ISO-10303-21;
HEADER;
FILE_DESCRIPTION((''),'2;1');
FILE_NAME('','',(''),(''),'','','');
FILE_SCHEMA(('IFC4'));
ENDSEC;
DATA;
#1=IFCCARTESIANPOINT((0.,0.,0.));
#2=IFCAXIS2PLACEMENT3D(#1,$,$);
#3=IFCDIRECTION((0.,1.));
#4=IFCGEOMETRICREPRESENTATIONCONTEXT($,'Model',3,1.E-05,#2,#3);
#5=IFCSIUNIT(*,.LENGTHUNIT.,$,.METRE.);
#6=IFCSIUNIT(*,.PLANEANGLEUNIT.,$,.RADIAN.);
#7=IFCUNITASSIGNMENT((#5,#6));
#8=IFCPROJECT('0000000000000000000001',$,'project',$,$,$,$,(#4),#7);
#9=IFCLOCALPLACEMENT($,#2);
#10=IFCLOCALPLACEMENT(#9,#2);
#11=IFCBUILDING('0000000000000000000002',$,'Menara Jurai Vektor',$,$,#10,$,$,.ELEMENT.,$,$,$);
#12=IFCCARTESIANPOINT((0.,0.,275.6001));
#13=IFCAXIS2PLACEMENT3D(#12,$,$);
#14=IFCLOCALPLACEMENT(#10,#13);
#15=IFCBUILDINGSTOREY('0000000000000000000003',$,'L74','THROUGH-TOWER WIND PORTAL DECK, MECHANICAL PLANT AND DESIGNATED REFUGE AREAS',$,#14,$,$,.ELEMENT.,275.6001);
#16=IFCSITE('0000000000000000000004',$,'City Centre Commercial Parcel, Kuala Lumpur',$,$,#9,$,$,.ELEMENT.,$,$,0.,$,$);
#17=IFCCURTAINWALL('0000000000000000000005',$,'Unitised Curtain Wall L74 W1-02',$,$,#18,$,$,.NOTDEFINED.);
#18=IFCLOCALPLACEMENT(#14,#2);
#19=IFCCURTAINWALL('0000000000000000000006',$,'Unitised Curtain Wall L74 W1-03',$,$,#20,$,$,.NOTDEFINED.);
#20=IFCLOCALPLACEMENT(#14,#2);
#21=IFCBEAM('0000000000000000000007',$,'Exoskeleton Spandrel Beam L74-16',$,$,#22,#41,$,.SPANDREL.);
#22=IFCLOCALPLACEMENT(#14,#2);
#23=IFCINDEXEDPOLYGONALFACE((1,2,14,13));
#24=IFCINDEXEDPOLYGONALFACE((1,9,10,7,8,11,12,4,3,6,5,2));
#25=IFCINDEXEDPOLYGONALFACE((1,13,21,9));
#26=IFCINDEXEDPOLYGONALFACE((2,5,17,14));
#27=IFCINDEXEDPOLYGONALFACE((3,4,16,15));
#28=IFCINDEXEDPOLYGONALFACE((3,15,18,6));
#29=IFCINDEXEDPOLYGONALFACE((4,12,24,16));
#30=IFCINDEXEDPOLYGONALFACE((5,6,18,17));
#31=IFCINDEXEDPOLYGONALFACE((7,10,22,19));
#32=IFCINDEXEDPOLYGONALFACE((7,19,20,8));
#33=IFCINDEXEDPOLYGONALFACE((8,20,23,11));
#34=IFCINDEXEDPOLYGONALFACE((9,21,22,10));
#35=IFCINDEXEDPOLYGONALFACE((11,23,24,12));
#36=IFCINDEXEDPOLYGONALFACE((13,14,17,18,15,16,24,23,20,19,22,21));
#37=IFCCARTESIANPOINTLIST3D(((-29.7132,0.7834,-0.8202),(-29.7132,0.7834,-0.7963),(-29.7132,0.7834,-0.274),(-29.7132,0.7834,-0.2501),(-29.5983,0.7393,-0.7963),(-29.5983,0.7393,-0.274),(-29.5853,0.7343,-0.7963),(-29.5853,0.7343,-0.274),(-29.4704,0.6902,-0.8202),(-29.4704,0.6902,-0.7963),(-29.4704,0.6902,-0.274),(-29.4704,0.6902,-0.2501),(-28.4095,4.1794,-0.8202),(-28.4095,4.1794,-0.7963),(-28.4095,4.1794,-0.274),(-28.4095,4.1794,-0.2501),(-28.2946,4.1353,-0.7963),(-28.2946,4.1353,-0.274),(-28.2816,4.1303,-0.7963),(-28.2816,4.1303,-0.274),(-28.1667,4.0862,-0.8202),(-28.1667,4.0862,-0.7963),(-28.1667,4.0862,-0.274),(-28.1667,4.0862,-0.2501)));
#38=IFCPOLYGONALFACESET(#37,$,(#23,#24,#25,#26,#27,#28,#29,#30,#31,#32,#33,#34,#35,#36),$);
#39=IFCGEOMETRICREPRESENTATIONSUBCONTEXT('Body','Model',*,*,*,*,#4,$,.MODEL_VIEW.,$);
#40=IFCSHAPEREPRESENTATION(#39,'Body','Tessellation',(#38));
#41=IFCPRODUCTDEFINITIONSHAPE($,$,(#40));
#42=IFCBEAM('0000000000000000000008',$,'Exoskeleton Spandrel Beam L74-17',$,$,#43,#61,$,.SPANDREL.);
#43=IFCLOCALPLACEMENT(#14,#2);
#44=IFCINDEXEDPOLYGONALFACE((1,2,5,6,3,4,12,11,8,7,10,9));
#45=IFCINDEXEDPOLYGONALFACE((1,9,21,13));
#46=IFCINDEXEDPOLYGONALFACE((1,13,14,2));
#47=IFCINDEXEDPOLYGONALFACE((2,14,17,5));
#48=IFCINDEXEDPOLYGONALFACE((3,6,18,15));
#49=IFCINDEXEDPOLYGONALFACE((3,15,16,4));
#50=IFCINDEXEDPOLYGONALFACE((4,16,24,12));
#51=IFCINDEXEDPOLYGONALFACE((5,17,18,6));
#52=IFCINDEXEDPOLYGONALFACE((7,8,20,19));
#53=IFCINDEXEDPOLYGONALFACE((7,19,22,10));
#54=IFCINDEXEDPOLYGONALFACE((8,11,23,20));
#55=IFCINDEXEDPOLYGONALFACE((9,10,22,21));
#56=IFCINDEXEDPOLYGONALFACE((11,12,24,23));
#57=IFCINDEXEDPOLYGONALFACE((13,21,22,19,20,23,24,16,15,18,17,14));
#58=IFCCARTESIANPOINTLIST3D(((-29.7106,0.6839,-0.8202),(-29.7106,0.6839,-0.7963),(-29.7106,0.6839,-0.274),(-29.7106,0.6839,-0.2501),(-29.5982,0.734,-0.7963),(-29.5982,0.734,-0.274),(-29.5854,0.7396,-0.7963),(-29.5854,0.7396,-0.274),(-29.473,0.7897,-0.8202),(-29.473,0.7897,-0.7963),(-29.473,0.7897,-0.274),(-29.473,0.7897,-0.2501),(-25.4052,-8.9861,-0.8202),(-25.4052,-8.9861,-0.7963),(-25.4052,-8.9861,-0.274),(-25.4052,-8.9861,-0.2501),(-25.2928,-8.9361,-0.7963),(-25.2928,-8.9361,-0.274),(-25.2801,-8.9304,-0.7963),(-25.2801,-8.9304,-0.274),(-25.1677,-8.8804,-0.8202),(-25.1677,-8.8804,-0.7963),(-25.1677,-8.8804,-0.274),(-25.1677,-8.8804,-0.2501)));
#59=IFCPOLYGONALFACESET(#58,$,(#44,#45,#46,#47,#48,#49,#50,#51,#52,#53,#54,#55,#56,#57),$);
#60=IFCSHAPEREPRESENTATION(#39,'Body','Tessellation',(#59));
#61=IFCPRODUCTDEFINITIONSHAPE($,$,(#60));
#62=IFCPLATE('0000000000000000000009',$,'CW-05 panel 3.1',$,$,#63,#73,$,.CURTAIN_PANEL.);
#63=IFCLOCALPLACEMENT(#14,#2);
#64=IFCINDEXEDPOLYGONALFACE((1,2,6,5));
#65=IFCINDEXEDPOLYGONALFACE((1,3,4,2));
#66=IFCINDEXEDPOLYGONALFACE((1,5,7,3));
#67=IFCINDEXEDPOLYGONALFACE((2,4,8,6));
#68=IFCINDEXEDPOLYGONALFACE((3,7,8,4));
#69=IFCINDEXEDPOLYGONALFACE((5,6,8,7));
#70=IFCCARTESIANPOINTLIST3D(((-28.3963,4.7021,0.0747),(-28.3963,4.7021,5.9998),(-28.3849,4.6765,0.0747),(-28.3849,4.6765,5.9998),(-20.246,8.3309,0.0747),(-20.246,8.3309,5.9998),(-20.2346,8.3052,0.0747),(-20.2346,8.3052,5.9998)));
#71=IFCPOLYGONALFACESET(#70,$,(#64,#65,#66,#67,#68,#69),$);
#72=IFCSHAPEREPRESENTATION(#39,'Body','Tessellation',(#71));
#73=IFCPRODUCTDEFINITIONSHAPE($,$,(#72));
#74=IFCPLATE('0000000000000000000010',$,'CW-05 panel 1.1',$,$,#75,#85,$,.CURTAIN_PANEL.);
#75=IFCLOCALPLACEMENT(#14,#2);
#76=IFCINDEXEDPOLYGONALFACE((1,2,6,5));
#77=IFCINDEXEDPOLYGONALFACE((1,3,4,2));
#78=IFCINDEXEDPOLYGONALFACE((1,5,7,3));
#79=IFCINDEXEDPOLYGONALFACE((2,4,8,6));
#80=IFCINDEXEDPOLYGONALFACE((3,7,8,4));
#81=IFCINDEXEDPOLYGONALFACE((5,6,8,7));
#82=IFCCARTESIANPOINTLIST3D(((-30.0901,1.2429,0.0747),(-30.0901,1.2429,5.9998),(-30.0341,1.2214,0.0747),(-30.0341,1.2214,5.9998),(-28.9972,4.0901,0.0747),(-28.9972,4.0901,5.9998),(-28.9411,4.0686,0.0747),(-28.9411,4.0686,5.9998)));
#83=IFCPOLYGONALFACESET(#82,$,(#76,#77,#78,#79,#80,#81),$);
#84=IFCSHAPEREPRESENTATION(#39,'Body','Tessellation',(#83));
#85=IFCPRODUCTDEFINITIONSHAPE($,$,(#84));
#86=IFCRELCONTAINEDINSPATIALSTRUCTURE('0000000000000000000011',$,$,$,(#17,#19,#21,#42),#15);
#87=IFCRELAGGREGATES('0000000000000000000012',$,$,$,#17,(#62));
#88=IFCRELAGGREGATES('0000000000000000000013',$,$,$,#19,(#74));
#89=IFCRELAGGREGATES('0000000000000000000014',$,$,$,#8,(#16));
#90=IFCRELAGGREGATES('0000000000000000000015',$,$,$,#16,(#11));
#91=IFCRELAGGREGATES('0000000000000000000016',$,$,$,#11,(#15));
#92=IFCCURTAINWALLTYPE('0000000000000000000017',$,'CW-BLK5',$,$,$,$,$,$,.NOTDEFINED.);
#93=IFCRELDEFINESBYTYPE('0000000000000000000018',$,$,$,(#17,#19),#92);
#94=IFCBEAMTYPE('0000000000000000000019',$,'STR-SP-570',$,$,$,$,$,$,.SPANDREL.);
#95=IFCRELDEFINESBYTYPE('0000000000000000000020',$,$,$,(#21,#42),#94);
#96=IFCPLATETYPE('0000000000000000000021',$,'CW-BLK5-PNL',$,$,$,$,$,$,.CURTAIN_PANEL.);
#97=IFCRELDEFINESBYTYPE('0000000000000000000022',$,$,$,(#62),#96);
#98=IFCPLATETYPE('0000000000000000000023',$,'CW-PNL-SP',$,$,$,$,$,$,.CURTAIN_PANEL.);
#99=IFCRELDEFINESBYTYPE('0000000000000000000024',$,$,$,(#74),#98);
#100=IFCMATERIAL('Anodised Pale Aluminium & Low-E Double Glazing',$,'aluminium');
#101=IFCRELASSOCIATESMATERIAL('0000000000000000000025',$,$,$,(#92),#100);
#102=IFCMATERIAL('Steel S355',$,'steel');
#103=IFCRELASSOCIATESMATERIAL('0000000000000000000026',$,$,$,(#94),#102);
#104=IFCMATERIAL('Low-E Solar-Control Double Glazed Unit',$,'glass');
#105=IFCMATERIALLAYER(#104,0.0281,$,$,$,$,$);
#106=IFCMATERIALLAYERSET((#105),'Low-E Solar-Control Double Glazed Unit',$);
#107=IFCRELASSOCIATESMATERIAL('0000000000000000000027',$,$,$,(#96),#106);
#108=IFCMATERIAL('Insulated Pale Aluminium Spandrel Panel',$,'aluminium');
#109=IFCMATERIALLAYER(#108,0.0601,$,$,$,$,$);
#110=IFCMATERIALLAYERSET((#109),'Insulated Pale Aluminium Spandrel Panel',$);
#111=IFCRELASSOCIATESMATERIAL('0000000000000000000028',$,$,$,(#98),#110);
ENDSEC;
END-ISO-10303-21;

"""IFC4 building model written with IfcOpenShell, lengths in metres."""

from ifc_helpers import new_model, si_unit, direction, frame, origin, origin_2d, place, context, subcontext, project, spatial, rectangle, i_section, extrude, material, layer, layer_set, material_profile, profile_set, type_object, element, aggregate, save


model = new_model("IFC4")

# Units and contexts
model_context = context("Model", 3, precision=1e-05, world=origin(), true_north=direction((0.0, 1.0)))
body_context = subcontext(model_context, "Body", "Model", "MODEL_VIEW")
ifc_project = project(units=[si_unit("LENGTHUNIT", "METRE"), si_unit("PLANEANGLEUNIT", "RADIAN")], contexts=[model_context])

# Site, building, storey
site_placement = place(None, origin())
site = spatial("IfcSite", under=ifc_project, at=site_placement, Name="City Centre Commercial Parcel, Kuala Lumpur", CompositionType="ELEMENT", RefElevation=0.0)
building_placement = place(site_placement, origin())
building = spatial("IfcBuilding", under=site, at=building_placement, Name="Menara Jurai Vektor", CompositionType="ELEMENT")
storey_placement = place(building_placement, frame((0.0, 0.0, 275.6001)))
storey = spatial("IfcBuildingStorey", under=building, at=storey_placement, Name="L74", Description="THROUGH-TOWER WIND PORTAL DECK, MECHANICAL PLANT AND DESIGNATED REFUGE AREAS", CompositionType="ELEMENT", Elevation=275.6001)

# Curtain wall
ifc_material_1 = material(Name="Anodised Pale Aluminium & Low-E Double Glazing", Category="aluminium")
curtain_wall_type = type_object("IfcCurtainWallType", Name="CW-BLK5", PredefinedType="NOTDEFINED", material=ifc_material_1)
curtain_wall_1_placement = place(storey_placement, origin())
curtain_wall_1 = element("IfcCurtainWall", 1, at=curtain_wall_1_placement, inside=storey, type_object=curtain_wall_type, Name="Unitised Curtain Wall L74 W1-02", PredefinedType="NOTDEFINED")

# Curtain wall
curtain_wall_2_placement = place(storey_placement, origin())
curtain_wall_2 = element("IfcCurtainWall", 2, at=curtain_wall_2_placement, inside=storey, type_object=curtain_wall_type, Name="Unitised Curtain Wall L74 W1-03", PredefinedType="NOTDEFINED")

# Shared definitions
ifc_material_2 = material(Name="Steel S355", Category="steel")

# Beams
ifc_material_profile_1 = material_profile(ifc_material_2, i_section(OverallWidth=0.26, OverallDepth=0.5701, WebThickness=0.0139, FlangeThickness=0.0239, at=origin_2d()), Name="PG 570x260x145")
ifc_profile_set_1 = profile_set([ifc_material_profile_1], Name="Steel S355")
beam_type_1 = type_object("IfcBeamType", Name="STR-SP-570", PredefinedType="SPANDREL", material=ifc_profile_set_1)
beam_1_placement = place(storey_placement, frame((-28.2881, 4.1328, -0.5352), z_axis=(-0.358394, -0.93357, 0.0), x_axis=(0.93357, -0.358394, 0.0)))
element("IfcBeam", 3, at=beam_1_placement, inside=storey, type_object=beam_type_1, Name="Exoskeleton Spandrel Beam L74-16", PredefinedType="SPANDREL", context=body_context, shape_type="SweptSolid", body=[
    extrude(i_section(OverallWidth=0.26, OverallDepth=0.5701, WebThickness=0.0139, FlangeThickness=0.0239, at=origin_2d()), origin(), (0.0, 0.0, 1.0), 3.6377),
])
beam_2_placement = place(storey_placement, frame((-29.5918, 0.7368, -0.5352), z_axis=(0.406735, -0.913546, 0.0), x_axis=(0.913546, 0.406735, 0.0)))
element("IfcBeam", 4, at=beam_2_placement, inside=storey, type_object=beam_type_1, Name="Exoskeleton Spandrel Beam L74-17", PredefinedType="SPANDREL", context=body_context, shape_type="SweptSolid", body=[
    extrude(i_section(OverallWidth=0.26, OverallDepth=0.5701, WebThickness=0.0139, FlangeThickness=0.0239, at=origin_2d()), origin(), (0.0, 0.0, 1.0), 10.5852),
])

# Plates
ifc_material_3 = material(Name="Low-E Solar-Control Double Glazed Unit", Category="glass")
ifc_layer_1 = layer(ifc_material_3, 0.0281)
ifc_layer_set_1 = layer_set([ifc_layer_1], Name="Low-E Solar-Control Double Glazed Unit")
plate_type_1 = type_object("IfcPlateType", Name="CW-BLK5-PNL", PredefinedType="CURTAIN_PANEL", material=ifc_layer_set_1)
plate_1_placement = place(storey_placement, frame((-24.3154, 6.5037, 0.0747), z_axis=(0.0, 0.0, 1.0), x_axis=(-0.913546, -0.406736, 0.0)))
plate_1 = element("IfcPlate", 5, at=plate_1_placement, type_object=plate_type_1, Name="CW-05 panel 3.1", PredefinedType="CURTAIN_PANEL", context=body_context, shape_type="SweptSolid", body=[
    extrude(rectangle(XDim=8.9216, YDim=0.0281, at=origin_2d()), origin(), (0.0, 0.0, 1.0), 5.925),
])
aggregate(curtain_wall_1, [plate_1])
ifc_material_4 = material(Name="Insulated Pale Aluminium Spandrel Panel", Category="aluminium")
ifc_layer_2 = layer(ifc_material_4, 0.0601)
ifc_layer_set_2 = layer_set([ifc_layer_2], Name="Insulated Pale Aluminium Spandrel Panel")
plate_type_2 = type_object("IfcPlateType", Name="CW-PNL-SP", PredefinedType="CURTAIN_PANEL", material=ifc_layer_set_2)
plate_2_placement = place(storey_placement, frame((-29.5156, 2.6558, 0.0747), z_axis=(0.0, 0.0, 1.0), x_axis=(-0.358374, -0.933578, 0.0)))
plate_2 = element("IfcPlate", 6, at=plate_2_placement, type_object=plate_type_2, Name="CW-05 panel 1.1", PredefinedType="CURTAIN_PANEL", context=body_context, shape_type="SweptSolid", body=[
    extrude(rectangle(XDim=3.0498, YDim=0.0601, at=origin_2d()), origin(), (0.0, 0.0, 1.0), 5.925),
])
aggregate(curtain_wall_2, [plate_2])

save(model, "model.ifc")
